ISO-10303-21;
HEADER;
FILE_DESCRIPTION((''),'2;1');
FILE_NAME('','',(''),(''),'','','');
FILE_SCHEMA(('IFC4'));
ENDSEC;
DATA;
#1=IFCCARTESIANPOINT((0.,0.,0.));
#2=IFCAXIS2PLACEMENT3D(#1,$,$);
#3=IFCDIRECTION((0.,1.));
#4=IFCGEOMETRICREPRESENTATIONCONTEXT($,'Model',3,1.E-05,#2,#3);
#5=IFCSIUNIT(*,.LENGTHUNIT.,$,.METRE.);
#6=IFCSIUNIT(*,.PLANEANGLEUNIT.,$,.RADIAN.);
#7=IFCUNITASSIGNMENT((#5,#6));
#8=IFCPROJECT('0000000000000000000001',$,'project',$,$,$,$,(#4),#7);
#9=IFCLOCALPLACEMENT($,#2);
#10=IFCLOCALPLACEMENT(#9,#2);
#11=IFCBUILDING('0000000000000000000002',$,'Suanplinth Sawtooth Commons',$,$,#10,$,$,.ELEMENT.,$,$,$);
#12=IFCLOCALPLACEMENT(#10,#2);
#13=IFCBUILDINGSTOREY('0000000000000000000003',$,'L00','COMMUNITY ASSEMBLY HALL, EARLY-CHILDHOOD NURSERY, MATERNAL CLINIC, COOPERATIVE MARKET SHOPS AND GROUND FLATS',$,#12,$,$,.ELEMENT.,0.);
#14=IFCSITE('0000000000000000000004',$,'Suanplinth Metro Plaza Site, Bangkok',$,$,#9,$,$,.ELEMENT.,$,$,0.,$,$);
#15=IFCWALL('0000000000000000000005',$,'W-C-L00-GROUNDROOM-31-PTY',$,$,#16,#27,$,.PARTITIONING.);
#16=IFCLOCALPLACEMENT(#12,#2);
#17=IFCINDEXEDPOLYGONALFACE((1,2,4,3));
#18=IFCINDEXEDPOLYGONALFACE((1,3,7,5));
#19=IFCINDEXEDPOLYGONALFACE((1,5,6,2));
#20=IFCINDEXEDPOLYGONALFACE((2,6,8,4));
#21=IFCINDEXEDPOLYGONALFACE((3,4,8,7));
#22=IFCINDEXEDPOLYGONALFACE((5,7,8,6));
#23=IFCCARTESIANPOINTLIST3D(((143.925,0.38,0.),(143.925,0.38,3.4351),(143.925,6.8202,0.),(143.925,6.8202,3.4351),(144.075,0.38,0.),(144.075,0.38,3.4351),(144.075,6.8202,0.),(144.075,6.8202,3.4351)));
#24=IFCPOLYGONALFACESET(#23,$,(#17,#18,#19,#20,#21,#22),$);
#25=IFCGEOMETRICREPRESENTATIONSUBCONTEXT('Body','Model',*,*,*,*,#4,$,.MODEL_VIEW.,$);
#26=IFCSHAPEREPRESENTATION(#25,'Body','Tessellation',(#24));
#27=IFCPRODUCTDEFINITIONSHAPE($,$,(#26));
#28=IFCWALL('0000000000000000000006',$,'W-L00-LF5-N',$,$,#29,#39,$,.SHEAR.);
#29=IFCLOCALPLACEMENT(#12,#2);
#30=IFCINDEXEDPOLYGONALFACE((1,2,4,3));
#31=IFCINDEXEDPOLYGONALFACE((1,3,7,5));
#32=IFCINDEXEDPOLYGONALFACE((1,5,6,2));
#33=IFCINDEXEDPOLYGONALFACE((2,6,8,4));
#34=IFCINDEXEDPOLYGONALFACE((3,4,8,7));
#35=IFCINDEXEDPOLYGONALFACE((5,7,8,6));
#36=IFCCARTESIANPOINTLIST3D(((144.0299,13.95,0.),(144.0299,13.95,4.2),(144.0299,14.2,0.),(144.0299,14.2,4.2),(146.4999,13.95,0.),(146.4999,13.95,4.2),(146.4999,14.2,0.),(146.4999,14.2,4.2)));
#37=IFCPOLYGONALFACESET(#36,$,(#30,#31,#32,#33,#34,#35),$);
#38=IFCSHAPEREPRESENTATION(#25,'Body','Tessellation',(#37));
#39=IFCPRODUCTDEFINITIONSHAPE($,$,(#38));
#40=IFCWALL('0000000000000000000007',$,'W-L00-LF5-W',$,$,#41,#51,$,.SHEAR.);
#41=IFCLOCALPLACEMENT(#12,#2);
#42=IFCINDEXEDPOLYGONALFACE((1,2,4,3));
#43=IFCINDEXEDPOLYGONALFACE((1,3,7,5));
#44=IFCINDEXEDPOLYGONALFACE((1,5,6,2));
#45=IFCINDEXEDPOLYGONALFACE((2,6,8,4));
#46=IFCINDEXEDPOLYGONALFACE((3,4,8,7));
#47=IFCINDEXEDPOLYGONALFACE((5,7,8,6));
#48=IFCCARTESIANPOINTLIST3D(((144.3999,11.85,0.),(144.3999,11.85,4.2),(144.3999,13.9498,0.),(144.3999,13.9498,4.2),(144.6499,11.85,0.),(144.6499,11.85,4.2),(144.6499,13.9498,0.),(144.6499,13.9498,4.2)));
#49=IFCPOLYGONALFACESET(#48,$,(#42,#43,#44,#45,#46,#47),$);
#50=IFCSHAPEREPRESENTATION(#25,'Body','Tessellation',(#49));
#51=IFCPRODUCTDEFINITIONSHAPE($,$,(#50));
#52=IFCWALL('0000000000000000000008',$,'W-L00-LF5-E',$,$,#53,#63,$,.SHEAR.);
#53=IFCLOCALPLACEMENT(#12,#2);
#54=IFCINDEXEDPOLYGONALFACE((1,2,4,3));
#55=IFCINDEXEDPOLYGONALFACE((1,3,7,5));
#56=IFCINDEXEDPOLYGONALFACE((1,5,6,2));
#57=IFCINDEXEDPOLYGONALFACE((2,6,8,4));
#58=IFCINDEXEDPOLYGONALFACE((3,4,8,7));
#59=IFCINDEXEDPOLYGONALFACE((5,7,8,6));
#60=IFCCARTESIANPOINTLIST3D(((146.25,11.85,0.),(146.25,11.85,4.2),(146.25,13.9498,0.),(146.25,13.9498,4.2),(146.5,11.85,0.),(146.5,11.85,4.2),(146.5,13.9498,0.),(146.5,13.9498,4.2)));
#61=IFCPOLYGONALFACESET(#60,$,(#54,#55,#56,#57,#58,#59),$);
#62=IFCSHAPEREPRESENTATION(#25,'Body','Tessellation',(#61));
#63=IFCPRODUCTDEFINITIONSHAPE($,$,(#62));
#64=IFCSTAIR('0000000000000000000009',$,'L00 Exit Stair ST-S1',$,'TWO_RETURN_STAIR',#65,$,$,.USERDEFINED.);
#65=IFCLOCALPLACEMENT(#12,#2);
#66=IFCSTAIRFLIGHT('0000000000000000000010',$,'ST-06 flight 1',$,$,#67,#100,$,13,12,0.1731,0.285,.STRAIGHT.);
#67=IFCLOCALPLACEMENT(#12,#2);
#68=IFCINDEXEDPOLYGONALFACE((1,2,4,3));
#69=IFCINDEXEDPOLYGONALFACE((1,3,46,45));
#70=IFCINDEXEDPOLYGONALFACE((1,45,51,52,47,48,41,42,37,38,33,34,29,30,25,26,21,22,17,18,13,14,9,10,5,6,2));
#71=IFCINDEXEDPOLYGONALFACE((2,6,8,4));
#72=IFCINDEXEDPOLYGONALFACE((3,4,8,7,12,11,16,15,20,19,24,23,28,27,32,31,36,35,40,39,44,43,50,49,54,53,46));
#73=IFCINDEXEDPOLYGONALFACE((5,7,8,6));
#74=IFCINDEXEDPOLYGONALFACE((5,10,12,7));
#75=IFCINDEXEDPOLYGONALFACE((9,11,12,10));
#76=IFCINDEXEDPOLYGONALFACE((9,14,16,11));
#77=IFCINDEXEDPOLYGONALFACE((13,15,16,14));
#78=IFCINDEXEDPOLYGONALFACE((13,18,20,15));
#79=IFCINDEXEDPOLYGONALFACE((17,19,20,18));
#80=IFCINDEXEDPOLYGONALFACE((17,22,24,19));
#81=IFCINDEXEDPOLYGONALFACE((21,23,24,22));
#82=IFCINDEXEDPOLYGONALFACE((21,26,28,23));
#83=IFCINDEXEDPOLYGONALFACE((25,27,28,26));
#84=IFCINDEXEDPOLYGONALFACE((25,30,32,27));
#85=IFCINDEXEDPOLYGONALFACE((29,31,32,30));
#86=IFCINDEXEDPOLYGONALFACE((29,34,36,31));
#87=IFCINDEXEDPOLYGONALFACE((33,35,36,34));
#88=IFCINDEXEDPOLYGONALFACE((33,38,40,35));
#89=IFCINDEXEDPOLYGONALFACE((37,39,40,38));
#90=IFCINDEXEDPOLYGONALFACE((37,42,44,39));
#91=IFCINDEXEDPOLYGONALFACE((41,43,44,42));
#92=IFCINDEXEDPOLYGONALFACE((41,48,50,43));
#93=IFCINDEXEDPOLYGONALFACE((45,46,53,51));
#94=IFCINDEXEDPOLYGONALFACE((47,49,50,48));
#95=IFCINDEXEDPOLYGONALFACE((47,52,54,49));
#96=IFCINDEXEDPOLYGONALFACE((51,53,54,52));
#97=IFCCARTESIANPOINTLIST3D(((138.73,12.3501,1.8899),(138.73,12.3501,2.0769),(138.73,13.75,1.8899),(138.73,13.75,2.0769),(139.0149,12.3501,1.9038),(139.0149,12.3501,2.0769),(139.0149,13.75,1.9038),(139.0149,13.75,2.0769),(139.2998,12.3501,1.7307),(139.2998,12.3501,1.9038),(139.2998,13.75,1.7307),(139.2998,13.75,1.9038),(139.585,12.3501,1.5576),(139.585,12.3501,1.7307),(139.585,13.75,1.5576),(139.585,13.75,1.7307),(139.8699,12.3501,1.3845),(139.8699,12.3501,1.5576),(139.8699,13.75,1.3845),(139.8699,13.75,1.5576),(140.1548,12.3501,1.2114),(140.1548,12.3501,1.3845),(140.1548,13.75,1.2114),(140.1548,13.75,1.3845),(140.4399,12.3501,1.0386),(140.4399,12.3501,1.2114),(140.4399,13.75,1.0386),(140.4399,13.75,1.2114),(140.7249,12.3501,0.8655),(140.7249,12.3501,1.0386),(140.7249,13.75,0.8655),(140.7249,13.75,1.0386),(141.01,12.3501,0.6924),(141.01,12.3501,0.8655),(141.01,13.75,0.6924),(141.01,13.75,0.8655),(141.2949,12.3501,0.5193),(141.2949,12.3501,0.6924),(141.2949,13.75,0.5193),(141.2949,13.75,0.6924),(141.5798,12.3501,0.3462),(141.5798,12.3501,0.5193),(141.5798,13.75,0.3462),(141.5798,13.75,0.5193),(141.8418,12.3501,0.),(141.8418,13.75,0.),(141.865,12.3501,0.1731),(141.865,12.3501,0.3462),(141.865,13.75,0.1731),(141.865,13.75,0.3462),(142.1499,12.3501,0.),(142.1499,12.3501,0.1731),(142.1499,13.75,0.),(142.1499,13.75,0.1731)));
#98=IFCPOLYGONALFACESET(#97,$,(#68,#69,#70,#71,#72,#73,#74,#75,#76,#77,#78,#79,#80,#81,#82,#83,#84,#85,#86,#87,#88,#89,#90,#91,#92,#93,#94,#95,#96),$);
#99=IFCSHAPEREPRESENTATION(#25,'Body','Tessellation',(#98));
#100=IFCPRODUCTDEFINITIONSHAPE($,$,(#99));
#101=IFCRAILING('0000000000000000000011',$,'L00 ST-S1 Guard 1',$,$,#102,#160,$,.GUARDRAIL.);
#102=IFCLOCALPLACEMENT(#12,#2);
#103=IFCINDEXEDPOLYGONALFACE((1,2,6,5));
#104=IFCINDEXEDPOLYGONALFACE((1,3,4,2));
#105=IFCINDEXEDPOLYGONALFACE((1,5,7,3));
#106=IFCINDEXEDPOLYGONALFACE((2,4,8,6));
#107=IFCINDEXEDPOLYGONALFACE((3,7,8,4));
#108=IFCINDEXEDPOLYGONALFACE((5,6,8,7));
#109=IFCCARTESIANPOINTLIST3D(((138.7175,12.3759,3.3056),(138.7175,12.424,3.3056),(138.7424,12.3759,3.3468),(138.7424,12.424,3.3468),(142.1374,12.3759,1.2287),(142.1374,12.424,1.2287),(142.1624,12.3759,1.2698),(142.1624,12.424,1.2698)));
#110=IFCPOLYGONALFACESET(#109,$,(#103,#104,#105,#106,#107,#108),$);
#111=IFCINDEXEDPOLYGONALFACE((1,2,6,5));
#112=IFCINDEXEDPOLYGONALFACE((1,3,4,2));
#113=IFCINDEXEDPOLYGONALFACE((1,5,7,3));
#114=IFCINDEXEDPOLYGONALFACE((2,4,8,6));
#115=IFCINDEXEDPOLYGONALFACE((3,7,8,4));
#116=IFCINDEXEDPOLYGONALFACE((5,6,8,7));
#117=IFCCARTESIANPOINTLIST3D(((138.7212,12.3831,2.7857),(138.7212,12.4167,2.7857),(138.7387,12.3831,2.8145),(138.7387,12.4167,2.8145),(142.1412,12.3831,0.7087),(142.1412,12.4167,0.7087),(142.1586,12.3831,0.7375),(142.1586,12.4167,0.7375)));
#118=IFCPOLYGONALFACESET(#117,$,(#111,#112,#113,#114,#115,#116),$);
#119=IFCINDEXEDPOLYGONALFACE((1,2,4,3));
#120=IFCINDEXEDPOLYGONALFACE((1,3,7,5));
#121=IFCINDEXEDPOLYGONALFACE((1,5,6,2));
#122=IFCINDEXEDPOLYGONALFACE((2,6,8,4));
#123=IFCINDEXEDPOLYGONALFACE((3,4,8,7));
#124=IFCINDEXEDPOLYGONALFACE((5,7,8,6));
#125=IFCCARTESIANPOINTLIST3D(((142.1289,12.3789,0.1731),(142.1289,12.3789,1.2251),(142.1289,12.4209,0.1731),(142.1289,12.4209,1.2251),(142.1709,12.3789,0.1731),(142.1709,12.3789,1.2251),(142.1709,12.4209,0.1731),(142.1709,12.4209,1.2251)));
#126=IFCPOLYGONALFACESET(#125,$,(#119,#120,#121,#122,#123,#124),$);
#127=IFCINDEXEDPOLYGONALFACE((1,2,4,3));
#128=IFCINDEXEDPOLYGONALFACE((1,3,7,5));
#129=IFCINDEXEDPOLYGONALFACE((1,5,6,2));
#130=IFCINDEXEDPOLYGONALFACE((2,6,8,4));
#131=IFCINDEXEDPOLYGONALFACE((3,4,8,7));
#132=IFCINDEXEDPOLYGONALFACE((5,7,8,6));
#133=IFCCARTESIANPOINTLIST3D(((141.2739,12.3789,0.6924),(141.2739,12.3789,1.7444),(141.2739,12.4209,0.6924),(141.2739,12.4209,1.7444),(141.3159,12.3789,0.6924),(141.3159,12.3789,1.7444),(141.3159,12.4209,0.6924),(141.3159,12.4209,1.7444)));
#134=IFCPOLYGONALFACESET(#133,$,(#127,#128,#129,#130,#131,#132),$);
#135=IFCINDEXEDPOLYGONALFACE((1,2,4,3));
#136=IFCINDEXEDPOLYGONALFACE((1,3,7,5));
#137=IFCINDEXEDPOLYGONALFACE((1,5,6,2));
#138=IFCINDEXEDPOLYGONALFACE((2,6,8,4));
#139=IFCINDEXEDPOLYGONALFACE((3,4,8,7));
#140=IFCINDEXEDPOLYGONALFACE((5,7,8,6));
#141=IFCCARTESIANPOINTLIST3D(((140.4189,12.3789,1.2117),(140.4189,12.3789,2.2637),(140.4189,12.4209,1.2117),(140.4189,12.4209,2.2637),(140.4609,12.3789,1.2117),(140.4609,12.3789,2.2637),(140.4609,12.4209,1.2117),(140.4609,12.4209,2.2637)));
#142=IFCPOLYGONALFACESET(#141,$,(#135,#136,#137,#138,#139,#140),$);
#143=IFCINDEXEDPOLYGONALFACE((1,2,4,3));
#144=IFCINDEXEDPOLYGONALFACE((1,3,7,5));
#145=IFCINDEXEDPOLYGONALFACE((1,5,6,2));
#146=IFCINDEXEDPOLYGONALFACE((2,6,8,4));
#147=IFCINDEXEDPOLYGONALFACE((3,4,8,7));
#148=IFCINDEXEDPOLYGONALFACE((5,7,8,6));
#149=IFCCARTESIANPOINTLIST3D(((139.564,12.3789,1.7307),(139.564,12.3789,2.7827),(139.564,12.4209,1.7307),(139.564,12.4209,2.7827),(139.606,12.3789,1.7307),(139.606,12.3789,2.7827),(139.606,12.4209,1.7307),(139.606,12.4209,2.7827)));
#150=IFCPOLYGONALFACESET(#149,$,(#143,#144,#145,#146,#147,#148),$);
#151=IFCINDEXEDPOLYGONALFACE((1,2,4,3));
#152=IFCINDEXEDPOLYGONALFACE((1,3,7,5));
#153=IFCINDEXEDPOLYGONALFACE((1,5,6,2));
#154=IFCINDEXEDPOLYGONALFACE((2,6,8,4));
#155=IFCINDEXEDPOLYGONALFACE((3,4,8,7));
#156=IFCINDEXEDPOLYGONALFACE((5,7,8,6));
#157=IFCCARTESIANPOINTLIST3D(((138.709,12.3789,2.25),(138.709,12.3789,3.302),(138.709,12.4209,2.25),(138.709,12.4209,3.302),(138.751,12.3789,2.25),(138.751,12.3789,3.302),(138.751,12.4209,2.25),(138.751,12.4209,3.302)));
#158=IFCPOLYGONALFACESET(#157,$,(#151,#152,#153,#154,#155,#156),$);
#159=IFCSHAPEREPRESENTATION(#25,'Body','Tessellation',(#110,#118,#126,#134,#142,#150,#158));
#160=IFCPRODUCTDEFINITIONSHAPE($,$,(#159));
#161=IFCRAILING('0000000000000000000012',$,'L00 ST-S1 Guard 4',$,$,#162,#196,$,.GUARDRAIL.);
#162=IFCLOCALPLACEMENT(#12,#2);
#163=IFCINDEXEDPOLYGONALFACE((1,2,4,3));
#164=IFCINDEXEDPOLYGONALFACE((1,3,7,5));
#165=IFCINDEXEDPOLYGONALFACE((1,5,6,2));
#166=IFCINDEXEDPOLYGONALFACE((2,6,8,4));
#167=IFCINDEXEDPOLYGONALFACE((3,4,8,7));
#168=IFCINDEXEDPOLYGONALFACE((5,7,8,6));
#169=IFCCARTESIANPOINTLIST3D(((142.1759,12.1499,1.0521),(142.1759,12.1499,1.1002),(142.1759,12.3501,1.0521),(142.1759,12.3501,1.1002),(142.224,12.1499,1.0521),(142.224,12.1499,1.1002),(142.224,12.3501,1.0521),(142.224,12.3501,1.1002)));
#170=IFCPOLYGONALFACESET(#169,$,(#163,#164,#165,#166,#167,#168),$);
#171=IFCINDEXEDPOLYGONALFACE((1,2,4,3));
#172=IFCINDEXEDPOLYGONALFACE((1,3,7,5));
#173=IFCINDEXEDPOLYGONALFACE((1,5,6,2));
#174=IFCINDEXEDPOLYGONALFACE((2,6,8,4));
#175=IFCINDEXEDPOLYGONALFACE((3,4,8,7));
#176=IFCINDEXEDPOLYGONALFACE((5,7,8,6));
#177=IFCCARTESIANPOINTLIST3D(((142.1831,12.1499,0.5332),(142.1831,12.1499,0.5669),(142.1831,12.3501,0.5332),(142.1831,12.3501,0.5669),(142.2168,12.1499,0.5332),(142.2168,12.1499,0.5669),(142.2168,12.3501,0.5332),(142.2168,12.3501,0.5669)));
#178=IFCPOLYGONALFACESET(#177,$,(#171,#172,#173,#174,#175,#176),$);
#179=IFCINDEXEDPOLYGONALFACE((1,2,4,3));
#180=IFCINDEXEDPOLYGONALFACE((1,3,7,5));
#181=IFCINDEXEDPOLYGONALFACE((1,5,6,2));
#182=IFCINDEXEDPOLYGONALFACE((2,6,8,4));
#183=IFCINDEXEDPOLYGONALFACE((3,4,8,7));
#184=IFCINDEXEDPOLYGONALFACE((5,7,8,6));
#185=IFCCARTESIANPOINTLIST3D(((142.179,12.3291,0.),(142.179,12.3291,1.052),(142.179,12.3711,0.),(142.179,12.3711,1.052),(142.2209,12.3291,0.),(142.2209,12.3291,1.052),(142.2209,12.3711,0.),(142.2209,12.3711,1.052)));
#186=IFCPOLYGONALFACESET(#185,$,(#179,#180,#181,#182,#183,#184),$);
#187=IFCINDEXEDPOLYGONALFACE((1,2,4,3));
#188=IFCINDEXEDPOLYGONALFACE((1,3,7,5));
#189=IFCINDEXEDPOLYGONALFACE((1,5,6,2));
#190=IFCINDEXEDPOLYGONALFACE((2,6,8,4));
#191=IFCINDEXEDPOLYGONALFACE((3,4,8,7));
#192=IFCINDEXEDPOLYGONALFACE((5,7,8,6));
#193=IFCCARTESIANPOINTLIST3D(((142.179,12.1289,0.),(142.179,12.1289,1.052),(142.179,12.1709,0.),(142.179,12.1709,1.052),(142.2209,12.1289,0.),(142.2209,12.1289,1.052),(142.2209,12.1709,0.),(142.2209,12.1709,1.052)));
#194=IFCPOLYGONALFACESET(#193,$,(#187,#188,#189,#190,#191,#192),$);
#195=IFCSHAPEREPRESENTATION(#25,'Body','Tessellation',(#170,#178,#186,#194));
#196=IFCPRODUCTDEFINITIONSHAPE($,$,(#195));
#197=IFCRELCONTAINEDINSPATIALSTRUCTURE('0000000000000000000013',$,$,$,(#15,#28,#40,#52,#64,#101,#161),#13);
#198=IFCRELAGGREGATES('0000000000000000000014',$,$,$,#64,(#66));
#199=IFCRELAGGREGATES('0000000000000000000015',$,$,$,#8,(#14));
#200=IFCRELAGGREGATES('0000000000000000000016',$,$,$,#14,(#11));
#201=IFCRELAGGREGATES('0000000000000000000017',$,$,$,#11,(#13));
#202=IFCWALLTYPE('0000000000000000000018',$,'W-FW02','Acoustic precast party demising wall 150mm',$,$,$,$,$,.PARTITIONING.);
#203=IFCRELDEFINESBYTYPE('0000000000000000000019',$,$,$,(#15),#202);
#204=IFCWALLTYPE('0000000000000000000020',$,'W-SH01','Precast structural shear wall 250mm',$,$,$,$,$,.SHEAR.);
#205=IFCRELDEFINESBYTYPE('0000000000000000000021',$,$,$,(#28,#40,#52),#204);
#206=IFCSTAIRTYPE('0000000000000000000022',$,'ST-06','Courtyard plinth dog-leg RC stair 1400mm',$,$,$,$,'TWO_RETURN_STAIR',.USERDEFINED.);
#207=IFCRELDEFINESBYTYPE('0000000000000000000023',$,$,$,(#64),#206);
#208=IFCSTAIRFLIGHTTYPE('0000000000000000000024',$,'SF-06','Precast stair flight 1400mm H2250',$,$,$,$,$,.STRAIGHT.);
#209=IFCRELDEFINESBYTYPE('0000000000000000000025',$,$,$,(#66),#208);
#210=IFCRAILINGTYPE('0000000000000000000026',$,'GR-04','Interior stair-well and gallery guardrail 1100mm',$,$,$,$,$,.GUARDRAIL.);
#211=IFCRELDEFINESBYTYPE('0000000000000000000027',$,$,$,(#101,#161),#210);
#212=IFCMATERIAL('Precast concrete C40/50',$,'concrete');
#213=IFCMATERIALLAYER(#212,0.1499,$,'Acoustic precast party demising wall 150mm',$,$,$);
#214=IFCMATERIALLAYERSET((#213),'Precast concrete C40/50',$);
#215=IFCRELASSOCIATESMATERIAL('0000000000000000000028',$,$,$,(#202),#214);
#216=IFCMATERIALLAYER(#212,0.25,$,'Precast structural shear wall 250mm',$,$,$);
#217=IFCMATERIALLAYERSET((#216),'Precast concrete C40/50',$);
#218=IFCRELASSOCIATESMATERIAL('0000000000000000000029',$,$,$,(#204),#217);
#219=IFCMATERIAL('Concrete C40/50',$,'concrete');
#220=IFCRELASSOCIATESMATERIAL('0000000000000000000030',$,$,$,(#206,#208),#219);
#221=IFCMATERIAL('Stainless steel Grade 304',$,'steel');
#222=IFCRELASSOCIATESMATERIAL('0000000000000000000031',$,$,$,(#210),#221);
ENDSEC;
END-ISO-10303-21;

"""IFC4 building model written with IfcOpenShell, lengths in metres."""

from ifc_helpers import new_model, si_unit, direction, frame, frame_2d, origin, origin_2d, place, context, subcontext, project, spatial, polyline, rectangle, outline, extrude, material, layer, layer_set, type_object, element, aggregate, save


model = new_model("IFC4")

# Units and contexts
model_context = context("Model", 3, precision=1e-05, world=origin(), true_north=direction((0.0, 1.0)))
body_context = subcontext(model_context, "Body", "Model", "MODEL_VIEW")
ifc_project = project(units=[si_unit("LENGTHUNIT", "METRE"), si_unit("PLANEANGLEUNIT", "RADIAN")], contexts=[model_context])

# Site, building, storey
site_placement = place(None, origin())
site = spatial("IfcSite", under=ifc_project, at=site_placement, Name="Suanplinth Metro Plaza Site, Bangkok", CompositionType="ELEMENT", RefElevation=0.0)
building_placement = place(site_placement, origin())
building = spatial("IfcBuilding", under=site, at=building_placement, Name="Suanplinth Sawtooth Commons", CompositionType="ELEMENT")
storey_placement = place(building_placement, origin())
storey = spatial("IfcBuildingStorey", under=building, at=storey_placement, Name="L00", Description="COMMUNITY ASSEMBLY HALL, EARLY-CHILDHOOD NURSERY, MATERNAL CLINIC, COOPERATIVE MARKET SHOPS AND GROUND FLATS", CompositionType="ELEMENT", Elevation=0.0)

# Shared definitions
ifc_material_1 = material(Name="Concrete C40/50", Category="concrete")

# Shared definitions
ifc_material_2 = material(Name="Precast concrete C40/50", Category="concrete")

# Wall
ifc_layer_1 = layer(ifc_material_2, 0.1499, Name="Acoustic precast party demising wall 150mm")
ifc_layer_set_1 = layer_set([ifc_layer_1], Name="Precast concrete C40/50")
wall_type_1 = type_object("IfcWallType", Name="W-FW02", Description="Acoustic precast party demising wall 150mm", PredefinedType="PARTITIONING", material=ifc_layer_set_1)
wall_1_placement = place(storey_placement, frame((144.0, 0.3799, 0.0), z_axis=(0.0, 0.0, 1.0), x_axis=(0.0, 1.0, 0.0)))
element("IfcWall", 1, at=wall_1_placement, inside=storey, type_object=wall_type_1, Name="W-C-L00-GROUNDROOM-31-PTY", PredefinedType="PARTITIONING", context=body_context, shape_type="SweptSolid", body=[
    extrude(rectangle(XDim=6.4402, YDim=0.1499, at=frame_2d((3.2202, 0.0))), origin(), (0.0, 0.0, 1.0), 3.4351),
])

# Shared definitions
ifc_layer_2 = layer(ifc_material_2, 0.25, Name="Precast structural shear wall 250mm")
ifc_layer_set_2 = layer_set([ifc_layer_2], Name="Precast concrete C40/50")
wall_type_2 = type_object("IfcWallType", Name="W-SH01", Description="Precast structural shear wall 250mm", PredefinedType="SHEAR", material=ifc_layer_set_2)
ifc_material_3 = material(Name="Stainless steel Grade 304", Category="steel")

# Walls
wall_2_placement = place(storey_placement, frame((144.03, 14.075, 0.0), z_axis=(0.0, 0.0, 1.0), x_axis=(1.0, 0.0, 0.0)))
element("IfcWall", 2, at=wall_2_placement, inside=storey, type_object=wall_type_2, Name="W-L00-LF5-N", PredefinedType="SHEAR", context=body_context, shape_type="SweptSolid", body=[
    extrude(rectangle(XDim=2.47, YDim=0.25, at=frame_2d((1.2349, 0.0))), origin(), (0.0, 0.0, 1.0), 4.2),
])
for number, where, z_axis, x_axis, name in (
    (3, (144.5249, 11.8501, 0.0), (0.0, 0.0, 1.0), (0.0, 1.0, 0.0), "W-L00-LF5-W"),
    (4, (146.375, 11.8501, 0.0), (0.0, 0.0, 1.0), (0.0, 1.0, 0.0), "W-L00-LF5-E"),
):
    element("IfcWall", number, at=place(storey_placement, frame(where, z_axis=z_axis, x_axis=x_axis)), inside=storey, type_object=wall_type_2, Name=name, PredefinedType="SHEAR", context=body_context, shape_type="SweptSolid", body=[
        extrude(rectangle(XDim=2.0999, YDim=0.25, at=frame_2d((1.0498, 0.0))), origin(), (0.0, 0.0, 1.0), 4.2),
    ])

# Stair, stair flight
stair_type = type_object("IfcStairType", Name="ST-06", Description="Courtyard plinth dog-leg RC stair 1400mm", ElementType="TWO_RETURN_STAIR", PredefinedType="USERDEFINED", material=ifc_material_1)
stair_placement = place(storey_placement, origin())
stair = element("IfcStair", 5, at=stair_placement, inside=storey, type_object=stair_type, Name="L00 Exit Stair ST-S1", ObjectType="TWO_RETURN_STAIR", PredefinedType="USERDEFINED")
stair_flight_type = type_object("IfcStairFlightType", Name="SF-06", Description="Precast stair flight 1400mm H2250", PredefinedType="STRAIGHT", material=ifc_material_1)
stair_flight_placement = place(storey_placement, frame((142.1499, 13.05, 0.0), z_axis=(0.0, 0.0, 1.0), x_axis=(-1.0, 0.0, 0.0)))
stair_flight = element("IfcStairFlight", 6, at=stair_flight_placement, type_object=stair_flight_type, Name="ST-06 flight 1", NumberOfRisers=13, NumberOfTreads=12, PredefinedType="STRAIGHT", RiserHeight=0.1731, TreadLength=0.285, context=body_context, shape_type="SweptSolid", body=[
    extrude(outline(polyline([(0.0, 0.0), (0.0, 0.1731), (0.2849, 0.1731), (0.2849, 0.3462), (0.5701, 0.3462), (0.5701, 0.5193), (0.855, 0.5193), (0.855, 0.6924), (1.1399, 0.6924), (1.1399, 0.8655), (1.425, 0.8655), (1.425, 1.0386), (1.71, 1.0386), (1.71, 1.2114), (1.9951, 1.2114), (1.9951, 1.3845), (2.28, 1.3845), (2.28, 1.5576), (2.5649, 1.5576), (2.5649, 1.7307), (2.8501, 1.7307), (2.8501, 1.9038), (3.135, 1.9038), (3.135, 2.0769), (3.4199, 2.0769), (3.4199, 2.25), (3.4199, 1.8899), (0.3081, 0.0), (0.0, 0.0)])), frame((0.0, 0.7, 0.0), z_axis=(0.0, -1.0, 0.0), x_axis=(1.0, 0.0, 0.0)), (0.0, 0.0, 1.0), 1.3999),
])
aggregate(stair, [stair_flight])

# Railings
railing_type_1 = type_object("IfcRailingType", Name="GR-04", Description="Interior stair-well and gallery guardrail 1100mm", PredefinedType="GUARDRAIL", material=ifc_material_3)
railing_1_placement = place(storey_placement, frame((142.1499, 12.3999, 0.1731)))
element("IfcRailing", 7, at=railing_1_placement, inside=storey, type_object=railing_type_1, Name="L00 ST-S1 Guard 1", PredefinedType="GUARDRAIL", context=body_context, shape_type="SweptSolid", body=[
    extrude(rectangle(XDim=0.0481, YDim=0.0481, at=origin_2d()), frame((0.0, 0.0, 1.0762), z_axis=(-0.85473, 0.0, 0.519074), x_axis=(0.0, -1.0, 0.0)), (0.0, 0.0, 1.0), 4.0012),
    extrude(rectangle(XDim=0.0337, YDim=0.0337, at=origin_2d()), frame((0.0, 0.0, 0.55), z_axis=(-0.85473, 0.0, 0.519074), x_axis=(0.0, -1.0, 0.0)), (0.0, 0.0, 1.0), 4.0012),
    extrude(rectangle(XDim=0.042, YDim=0.042, at=origin_2d()), origin(), (0.0, 0.0, 1.0), 1.052),
    extrude(rectangle(XDim=0.042, YDim=0.042, at=origin_2d()), frame((-0.855, 0.0, 0.5193)), (0.0, 0.0, 1.0), 1.052),
    extrude(rectangle(XDim=0.042, YDim=0.042, at=origin_2d()), frame((-1.71, 0.0, 1.0386)), (0.0, 0.0, 1.0), 1.052),
    extrude(rectangle(XDim=0.042, YDim=0.042, at=origin_2d()), frame((-2.5649, 0.0, 1.5576)), (0.0, 0.0, 1.0), 1.052),
    extrude(rectangle(XDim=0.042, YDim=0.042, at=origin_2d()), frame((-3.4199, 0.0, 2.0769)), (0.0, 0.0, 1.0), 1.052),
])
railing_2_placement = place(storey_placement, frame((142.2, 12.3501, 0.0)))
element("IfcRailing", 8, at=railing_2_placement, inside=storey, type_object=railing_type_1, Name="L00 ST-S1 Guard 4", PredefinedType="GUARDRAIL", context=body_context, shape_type="SweptSolid", body=[
    extrude(rectangle(XDim=0.0481, YDim=0.0481, at=origin_2d()), frame((0.0, 0.0, 1.0762), z_axis=(0.0, -1.0, 0.0), x_axis=(1.0, 0.0, 0.0)), (0.0, 0.0, 1.0), 0.2002),
    extrude(rectangle(XDim=0.0337, YDim=0.0337, at=origin_2d()), frame((0.0, 0.0, 0.55), z_axis=(0.0, -1.0, 0.0), x_axis=(1.0, 0.0, 0.0)), (0.0, 0.0, 1.0), 0.2002),
    extrude(rectangle(XDim=0.042, YDim=0.042, at=origin_2d()), origin(), (0.0, 0.0, 1.0), 1.052),
    extrude(rectangle(XDim=0.042, YDim=0.042, at=origin_2d()), frame((0.0, -0.2002, 0.0)), (0.0, 0.0, 1.0), 1.052),
])

save(model, "model.ifc")
